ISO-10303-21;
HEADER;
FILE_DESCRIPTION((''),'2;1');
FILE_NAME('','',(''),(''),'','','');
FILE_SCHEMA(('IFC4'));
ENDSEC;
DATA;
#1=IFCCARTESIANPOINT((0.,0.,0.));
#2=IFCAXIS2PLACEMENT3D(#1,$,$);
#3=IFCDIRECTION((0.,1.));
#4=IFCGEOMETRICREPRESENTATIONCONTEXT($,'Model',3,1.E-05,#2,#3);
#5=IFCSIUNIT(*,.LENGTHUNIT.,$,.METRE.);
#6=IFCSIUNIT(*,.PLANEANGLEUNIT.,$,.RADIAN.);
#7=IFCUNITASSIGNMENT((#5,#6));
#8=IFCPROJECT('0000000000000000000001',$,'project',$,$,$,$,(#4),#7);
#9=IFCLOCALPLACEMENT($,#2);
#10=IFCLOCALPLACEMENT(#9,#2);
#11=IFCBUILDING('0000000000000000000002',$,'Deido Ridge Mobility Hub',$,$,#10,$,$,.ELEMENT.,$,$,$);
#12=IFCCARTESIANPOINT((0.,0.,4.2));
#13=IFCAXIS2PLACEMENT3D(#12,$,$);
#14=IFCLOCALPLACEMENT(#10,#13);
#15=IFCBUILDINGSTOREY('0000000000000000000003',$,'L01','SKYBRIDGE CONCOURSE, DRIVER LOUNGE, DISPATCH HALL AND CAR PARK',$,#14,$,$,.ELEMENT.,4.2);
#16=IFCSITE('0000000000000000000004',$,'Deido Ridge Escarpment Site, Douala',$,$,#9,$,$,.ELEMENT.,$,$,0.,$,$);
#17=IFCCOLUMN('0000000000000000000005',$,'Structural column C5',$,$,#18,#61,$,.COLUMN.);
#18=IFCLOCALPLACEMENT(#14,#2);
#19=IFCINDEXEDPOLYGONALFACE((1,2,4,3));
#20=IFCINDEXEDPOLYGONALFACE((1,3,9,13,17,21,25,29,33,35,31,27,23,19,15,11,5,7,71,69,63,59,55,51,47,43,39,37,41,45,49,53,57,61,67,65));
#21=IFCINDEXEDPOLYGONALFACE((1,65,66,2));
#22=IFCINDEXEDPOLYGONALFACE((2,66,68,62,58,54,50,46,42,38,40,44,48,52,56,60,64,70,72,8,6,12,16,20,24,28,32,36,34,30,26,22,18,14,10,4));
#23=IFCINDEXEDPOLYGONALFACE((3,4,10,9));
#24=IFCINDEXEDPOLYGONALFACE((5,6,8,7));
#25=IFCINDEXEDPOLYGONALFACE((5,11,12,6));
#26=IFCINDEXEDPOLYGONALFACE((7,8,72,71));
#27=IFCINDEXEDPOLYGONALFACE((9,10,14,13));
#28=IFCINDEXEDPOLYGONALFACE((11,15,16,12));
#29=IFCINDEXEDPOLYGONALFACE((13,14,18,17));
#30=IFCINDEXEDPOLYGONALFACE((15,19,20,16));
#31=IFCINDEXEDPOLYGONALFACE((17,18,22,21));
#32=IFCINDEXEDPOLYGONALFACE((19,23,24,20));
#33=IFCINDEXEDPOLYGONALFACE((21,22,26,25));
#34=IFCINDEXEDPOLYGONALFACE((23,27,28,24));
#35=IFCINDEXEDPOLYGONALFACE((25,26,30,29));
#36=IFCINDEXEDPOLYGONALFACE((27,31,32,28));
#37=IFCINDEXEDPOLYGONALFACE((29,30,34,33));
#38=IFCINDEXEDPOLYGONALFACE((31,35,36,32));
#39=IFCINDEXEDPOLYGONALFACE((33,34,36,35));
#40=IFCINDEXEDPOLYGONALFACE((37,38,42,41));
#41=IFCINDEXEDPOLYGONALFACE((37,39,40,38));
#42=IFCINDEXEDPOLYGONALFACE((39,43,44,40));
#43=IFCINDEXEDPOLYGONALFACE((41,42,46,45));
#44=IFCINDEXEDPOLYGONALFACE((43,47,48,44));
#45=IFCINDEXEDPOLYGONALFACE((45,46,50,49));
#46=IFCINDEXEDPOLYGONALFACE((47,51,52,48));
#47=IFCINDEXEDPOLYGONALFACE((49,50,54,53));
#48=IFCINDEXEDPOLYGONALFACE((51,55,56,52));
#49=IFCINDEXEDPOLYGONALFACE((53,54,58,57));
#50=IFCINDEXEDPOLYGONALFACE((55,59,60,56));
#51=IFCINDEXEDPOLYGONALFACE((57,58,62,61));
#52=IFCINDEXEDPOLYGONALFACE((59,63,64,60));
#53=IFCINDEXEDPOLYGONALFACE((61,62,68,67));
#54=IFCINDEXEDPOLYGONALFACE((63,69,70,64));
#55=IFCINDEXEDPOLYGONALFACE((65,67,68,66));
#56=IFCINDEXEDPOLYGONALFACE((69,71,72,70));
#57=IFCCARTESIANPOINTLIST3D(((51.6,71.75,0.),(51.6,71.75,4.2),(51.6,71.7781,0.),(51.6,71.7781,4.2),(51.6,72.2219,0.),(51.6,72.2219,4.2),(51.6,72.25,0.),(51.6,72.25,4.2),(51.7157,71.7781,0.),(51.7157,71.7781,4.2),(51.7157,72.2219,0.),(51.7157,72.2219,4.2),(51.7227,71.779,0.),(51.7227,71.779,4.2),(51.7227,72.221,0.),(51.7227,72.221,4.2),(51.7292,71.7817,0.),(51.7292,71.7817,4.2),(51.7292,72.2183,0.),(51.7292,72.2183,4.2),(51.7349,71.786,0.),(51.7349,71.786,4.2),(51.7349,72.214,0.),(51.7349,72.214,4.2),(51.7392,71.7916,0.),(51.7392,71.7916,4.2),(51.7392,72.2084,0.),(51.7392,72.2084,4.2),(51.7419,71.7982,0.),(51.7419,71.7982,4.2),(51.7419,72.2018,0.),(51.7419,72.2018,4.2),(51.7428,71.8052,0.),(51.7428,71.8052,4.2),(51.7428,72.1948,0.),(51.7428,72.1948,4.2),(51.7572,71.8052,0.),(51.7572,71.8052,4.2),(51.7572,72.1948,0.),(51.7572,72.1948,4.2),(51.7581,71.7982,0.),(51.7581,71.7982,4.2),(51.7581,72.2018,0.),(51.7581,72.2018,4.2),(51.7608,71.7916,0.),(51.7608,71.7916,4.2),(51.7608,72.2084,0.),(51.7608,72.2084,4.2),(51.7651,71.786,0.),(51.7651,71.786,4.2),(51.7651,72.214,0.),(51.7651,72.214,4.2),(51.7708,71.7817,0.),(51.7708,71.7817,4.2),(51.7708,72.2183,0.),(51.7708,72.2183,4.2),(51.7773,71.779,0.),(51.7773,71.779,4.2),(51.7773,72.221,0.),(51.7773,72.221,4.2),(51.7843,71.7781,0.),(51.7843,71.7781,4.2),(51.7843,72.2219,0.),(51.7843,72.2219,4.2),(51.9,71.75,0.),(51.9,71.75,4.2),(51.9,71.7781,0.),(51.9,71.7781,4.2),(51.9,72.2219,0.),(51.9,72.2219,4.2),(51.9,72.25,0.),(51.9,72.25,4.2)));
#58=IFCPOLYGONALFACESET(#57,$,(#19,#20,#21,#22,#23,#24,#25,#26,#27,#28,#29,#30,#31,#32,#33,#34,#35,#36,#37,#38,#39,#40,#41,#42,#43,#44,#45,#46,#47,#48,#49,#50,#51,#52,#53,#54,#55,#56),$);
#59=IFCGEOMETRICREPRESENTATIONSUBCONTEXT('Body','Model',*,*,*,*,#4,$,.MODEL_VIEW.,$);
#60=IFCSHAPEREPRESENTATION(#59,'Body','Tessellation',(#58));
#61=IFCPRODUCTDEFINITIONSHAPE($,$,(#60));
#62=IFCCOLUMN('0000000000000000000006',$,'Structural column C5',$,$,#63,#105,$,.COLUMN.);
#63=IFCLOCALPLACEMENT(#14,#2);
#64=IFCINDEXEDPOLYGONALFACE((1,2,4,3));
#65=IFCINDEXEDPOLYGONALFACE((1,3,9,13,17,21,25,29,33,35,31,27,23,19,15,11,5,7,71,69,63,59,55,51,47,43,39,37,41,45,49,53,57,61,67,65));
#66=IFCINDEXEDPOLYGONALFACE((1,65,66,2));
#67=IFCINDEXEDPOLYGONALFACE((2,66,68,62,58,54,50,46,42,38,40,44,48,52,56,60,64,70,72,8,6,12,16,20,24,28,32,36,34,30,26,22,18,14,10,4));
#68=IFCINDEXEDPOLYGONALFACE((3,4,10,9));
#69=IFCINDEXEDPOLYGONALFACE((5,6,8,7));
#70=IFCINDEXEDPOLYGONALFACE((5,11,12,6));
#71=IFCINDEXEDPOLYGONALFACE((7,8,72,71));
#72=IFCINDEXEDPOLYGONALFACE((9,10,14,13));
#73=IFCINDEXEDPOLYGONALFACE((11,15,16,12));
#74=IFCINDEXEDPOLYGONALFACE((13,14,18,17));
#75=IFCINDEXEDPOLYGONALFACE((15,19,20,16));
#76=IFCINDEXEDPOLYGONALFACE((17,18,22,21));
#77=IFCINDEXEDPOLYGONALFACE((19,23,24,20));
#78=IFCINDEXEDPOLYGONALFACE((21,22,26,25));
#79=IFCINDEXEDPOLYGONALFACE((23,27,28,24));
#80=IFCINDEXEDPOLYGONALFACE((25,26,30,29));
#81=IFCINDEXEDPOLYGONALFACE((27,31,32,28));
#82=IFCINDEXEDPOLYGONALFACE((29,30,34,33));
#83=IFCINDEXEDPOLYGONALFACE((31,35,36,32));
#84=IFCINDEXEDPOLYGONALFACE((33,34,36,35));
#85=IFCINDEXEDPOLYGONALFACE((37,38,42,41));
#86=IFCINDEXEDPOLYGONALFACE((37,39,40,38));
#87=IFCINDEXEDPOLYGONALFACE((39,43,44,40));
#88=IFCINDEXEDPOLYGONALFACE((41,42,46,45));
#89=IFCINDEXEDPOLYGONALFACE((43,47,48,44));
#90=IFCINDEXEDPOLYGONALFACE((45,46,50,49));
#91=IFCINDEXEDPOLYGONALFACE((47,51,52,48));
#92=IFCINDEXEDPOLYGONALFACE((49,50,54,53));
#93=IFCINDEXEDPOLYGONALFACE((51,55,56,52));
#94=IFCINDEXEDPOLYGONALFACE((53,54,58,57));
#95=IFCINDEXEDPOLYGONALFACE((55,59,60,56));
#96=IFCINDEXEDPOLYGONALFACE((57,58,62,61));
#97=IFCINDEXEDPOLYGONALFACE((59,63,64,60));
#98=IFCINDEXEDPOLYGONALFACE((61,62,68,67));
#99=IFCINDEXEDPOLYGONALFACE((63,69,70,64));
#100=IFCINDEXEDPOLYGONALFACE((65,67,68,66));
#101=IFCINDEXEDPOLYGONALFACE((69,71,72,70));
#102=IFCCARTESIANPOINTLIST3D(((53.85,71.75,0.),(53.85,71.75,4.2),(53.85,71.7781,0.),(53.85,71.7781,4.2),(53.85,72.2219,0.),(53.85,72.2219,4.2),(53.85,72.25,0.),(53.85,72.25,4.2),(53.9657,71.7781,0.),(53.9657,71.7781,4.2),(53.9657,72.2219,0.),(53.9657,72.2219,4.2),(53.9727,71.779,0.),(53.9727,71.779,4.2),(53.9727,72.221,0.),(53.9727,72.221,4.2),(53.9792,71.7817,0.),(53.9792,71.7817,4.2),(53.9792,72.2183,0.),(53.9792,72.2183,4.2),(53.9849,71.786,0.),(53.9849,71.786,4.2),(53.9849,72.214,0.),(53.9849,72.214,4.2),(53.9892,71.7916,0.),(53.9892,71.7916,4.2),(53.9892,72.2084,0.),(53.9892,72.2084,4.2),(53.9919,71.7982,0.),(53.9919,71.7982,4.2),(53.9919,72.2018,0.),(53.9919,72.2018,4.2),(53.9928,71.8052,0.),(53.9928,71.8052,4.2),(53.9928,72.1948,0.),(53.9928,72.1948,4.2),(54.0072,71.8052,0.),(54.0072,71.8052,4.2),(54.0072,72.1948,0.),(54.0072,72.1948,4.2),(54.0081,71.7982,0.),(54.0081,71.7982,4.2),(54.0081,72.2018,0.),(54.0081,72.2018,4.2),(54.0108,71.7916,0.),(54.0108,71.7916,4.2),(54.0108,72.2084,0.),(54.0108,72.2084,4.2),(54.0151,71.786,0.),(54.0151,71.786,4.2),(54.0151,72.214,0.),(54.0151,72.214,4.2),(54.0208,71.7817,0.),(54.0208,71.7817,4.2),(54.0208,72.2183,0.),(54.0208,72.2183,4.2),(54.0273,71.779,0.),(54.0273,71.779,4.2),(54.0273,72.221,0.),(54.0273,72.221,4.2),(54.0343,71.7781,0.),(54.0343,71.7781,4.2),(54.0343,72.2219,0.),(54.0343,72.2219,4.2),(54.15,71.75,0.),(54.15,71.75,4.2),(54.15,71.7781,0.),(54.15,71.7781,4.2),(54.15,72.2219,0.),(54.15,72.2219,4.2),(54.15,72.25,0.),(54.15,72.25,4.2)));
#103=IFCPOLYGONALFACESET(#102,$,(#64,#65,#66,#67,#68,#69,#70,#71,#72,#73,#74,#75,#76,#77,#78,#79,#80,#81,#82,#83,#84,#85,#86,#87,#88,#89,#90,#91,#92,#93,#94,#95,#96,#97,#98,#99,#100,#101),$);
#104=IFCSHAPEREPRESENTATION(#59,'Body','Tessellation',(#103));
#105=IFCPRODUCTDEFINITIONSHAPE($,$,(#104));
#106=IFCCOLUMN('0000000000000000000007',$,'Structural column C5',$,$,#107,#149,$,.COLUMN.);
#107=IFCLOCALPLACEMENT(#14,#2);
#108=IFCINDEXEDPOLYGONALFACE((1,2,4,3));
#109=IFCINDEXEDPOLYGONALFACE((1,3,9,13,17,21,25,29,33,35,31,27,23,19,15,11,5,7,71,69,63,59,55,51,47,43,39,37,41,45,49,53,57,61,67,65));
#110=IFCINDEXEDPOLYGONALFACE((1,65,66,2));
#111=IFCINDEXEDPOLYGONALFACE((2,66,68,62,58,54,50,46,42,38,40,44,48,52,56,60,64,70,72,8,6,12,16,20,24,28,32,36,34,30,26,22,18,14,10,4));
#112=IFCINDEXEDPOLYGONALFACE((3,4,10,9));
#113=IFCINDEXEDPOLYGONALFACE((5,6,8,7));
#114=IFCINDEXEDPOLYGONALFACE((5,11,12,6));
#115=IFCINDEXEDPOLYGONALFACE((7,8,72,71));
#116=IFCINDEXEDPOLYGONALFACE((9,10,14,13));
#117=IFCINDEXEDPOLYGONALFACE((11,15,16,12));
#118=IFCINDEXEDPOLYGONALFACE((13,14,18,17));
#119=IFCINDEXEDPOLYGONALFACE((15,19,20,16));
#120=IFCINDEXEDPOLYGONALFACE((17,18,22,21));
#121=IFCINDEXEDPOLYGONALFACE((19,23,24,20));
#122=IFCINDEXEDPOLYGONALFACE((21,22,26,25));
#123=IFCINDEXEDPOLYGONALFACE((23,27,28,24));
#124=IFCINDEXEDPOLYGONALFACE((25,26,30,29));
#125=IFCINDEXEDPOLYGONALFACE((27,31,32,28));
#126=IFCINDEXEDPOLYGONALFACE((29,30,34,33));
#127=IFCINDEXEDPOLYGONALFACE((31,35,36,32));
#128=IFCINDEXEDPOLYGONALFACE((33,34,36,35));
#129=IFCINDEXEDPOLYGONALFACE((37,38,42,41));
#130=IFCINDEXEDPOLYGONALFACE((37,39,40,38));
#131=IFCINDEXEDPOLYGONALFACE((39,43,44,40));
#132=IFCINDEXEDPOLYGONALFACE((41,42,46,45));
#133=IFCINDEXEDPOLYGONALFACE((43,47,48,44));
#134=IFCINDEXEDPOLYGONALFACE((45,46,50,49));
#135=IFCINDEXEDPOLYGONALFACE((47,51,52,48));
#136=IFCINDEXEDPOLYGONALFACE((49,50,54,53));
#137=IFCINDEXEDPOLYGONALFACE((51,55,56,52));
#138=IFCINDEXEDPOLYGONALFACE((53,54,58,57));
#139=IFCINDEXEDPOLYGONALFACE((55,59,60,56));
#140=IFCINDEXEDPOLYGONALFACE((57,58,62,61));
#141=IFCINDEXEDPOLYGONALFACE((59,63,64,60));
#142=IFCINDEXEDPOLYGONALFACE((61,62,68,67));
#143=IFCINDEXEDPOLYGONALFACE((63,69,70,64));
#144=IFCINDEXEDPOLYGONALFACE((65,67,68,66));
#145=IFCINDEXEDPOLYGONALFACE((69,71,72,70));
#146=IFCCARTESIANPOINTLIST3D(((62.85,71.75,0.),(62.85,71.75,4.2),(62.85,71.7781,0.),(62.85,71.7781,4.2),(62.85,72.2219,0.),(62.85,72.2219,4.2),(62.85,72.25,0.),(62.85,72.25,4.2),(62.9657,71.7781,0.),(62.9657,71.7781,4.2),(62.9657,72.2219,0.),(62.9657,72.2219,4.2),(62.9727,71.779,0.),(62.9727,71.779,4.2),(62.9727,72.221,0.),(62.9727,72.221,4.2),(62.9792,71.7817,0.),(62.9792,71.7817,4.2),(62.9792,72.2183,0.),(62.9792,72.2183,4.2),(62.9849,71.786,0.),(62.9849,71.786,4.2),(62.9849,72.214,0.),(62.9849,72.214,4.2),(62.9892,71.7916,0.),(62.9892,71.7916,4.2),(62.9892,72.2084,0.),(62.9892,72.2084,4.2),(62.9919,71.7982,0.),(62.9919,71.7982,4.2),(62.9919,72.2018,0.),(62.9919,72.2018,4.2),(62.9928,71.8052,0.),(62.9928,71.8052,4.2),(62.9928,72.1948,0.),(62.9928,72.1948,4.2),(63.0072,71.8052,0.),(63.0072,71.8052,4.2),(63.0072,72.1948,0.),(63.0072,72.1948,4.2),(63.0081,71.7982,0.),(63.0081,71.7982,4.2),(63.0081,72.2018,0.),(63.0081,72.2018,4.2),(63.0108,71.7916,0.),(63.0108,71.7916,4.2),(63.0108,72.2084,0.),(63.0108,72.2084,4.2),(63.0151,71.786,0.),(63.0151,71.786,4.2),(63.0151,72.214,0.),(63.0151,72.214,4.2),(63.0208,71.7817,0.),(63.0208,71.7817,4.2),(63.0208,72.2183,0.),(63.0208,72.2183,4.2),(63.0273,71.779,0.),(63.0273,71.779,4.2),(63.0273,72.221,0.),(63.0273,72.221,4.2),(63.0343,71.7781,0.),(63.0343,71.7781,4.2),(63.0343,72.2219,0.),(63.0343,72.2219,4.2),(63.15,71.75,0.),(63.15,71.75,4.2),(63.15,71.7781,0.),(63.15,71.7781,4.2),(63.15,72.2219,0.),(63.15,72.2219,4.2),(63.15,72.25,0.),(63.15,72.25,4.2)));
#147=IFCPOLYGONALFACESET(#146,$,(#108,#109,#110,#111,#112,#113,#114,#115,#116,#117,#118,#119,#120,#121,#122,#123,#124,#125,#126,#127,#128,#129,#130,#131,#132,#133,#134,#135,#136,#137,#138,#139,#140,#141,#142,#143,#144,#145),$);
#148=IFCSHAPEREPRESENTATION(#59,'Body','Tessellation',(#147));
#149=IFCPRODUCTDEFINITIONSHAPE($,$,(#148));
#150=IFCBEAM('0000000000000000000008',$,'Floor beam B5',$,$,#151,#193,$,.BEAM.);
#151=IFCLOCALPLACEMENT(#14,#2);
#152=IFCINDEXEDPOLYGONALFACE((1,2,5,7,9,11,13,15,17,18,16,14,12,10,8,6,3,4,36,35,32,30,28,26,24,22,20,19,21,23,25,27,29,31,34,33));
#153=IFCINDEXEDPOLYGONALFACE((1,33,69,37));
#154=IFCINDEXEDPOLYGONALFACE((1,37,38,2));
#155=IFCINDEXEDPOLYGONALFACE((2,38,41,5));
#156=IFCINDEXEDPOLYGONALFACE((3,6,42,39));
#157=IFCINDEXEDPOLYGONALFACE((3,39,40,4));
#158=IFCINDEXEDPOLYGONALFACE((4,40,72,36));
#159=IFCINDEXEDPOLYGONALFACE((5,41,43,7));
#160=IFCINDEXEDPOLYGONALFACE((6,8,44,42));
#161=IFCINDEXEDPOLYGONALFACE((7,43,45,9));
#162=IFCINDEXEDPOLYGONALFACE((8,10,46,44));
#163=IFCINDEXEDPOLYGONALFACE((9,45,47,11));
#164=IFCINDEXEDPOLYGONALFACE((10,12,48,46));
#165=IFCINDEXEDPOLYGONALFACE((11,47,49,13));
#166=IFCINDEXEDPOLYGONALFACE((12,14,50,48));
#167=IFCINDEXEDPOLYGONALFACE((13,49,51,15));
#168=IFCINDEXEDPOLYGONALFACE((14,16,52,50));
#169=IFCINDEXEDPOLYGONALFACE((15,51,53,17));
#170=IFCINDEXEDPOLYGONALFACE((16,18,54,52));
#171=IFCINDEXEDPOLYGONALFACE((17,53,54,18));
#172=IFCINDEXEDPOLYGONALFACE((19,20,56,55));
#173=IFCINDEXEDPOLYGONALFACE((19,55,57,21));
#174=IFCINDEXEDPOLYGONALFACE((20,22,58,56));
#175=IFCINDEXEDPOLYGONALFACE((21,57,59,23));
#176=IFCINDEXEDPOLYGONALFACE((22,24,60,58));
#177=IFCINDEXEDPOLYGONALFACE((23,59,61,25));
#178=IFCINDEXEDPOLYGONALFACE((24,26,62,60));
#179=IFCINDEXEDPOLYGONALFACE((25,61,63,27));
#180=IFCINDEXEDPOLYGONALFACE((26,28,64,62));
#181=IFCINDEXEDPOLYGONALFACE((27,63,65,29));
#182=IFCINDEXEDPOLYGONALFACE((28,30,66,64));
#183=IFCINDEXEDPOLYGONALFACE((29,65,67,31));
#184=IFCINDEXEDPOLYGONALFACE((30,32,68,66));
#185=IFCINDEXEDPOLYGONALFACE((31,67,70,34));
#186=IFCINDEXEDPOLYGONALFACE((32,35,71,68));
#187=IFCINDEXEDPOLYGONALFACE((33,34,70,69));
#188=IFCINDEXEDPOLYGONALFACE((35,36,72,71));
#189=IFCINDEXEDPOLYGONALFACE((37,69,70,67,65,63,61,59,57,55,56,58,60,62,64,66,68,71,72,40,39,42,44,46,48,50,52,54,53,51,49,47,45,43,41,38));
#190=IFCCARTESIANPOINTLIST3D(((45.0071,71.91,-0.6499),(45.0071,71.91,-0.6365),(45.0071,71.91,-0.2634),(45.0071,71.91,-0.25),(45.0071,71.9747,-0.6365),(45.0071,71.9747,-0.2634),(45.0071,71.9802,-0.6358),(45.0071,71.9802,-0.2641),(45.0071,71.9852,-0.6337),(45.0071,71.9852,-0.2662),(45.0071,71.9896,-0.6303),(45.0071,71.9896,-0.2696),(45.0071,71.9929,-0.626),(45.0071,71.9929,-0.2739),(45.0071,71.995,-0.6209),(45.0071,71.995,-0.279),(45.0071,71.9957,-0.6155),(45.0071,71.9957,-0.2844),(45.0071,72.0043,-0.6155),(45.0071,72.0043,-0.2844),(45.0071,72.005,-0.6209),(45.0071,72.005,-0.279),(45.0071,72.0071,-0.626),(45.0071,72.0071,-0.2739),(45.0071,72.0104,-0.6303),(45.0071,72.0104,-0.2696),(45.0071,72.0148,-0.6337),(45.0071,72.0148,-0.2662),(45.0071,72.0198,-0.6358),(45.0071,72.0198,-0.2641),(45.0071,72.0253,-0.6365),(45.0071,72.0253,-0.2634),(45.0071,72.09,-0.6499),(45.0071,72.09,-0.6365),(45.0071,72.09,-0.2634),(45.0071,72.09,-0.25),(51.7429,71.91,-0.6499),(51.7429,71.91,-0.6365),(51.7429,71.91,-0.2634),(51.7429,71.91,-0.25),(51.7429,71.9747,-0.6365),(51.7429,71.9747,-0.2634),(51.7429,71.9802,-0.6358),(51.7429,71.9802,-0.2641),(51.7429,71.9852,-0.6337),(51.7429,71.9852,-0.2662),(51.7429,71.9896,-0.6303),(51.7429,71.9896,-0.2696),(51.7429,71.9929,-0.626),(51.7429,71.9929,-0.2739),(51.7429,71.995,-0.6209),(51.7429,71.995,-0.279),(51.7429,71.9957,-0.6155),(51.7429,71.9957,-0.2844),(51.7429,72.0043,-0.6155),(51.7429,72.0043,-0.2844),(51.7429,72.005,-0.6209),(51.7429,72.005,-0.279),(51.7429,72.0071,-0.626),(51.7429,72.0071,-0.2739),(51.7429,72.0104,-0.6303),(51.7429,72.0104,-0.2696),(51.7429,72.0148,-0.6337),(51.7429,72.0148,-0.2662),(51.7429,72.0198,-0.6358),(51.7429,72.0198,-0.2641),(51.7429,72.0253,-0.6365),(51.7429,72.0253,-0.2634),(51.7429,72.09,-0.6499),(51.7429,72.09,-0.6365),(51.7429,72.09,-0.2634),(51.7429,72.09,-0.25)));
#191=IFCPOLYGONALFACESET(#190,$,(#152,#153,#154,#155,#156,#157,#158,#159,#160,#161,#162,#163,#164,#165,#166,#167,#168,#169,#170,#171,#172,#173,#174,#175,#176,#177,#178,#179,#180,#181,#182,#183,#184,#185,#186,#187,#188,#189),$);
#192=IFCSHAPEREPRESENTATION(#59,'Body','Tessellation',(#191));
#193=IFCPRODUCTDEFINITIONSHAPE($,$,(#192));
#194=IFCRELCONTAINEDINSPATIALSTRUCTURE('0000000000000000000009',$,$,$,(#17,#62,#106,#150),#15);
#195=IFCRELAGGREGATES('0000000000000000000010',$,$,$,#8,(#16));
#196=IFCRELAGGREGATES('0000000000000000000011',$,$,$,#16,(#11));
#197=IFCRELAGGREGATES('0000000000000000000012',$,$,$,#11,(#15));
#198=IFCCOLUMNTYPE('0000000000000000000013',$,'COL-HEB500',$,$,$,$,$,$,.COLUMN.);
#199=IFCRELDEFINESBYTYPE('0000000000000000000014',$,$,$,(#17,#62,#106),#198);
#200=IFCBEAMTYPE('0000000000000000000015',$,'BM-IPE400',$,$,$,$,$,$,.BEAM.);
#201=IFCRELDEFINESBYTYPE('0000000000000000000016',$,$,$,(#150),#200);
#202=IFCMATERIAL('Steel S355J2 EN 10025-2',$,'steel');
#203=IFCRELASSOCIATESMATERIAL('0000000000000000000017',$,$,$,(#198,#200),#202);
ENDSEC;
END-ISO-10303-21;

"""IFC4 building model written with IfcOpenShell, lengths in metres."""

from ifc_helpers import new_model, si_unit, direction, frame, origin, origin_2d, place, context, subcontext, project, spatial, i_section, extrude, material, material_profile, profile_set, type_object, element, save


model = new_model("IFC4")

# Units and contexts
model_context = context("Model", 3, precision=1e-05, world=origin(), true_north=direction((0.0, 1.0)))
body_context = subcontext(model_context, "Body", "Model", "MODEL_VIEW")
ifc_project = project(units=[si_unit("LENGTHUNIT", "METRE"), si_unit("PLANEANGLEUNIT", "RADIAN")], contexts=[model_context])

# Site, building, storey
site_placement = place(None, origin())
site = spatial("IfcSite", under=ifc_project, at=site_placement, Name="Deido Ridge Escarpment Site, Douala", CompositionType="ELEMENT", RefElevation=0.0)
building_placement = place(site_placement, origin())
building = spatial("IfcBuilding", under=site, at=building_placement, Name="Deido Ridge Mobility Hub", CompositionType="ELEMENT")
storey_placement = place(building_placement, frame((0.0, 0.0, 4.2)))
storey = spatial("IfcBuildingStorey", under=building, at=storey_placement, Name="L01", Description="SKYBRIDGE CONCOURSE, DRIVER LOUNGE, DISPATCH HALL AND CAR PARK", CompositionType="ELEMENT", Elevation=4.2)

# Columns
ifc_material_1 = material(Name="Steel S355J2 EN 10025-2", Category="steel")
ifc_material_profile_1 = material_profile(ifc_material_1, i_section(OverallWidth=0.3, OverallDepth=0.5, WebThickness=0.0144, FlangeThickness=0.0281, FilletRadius=0.0271, at=origin_2d()), Name="HEB 500")
ifc_profile_set_1 = profile_set([ifc_material_profile_1], Name="Steel S355J2 EN 10025-2")
column_type = type_object("IfcColumnType", Name="COL-HEB500", PredefinedType="COLUMN", material=ifc_profile_set_1)
for number, where, z_axis, x_axis, name in (
    (1, (51.75, 72.0, 0.0), (0.0, 0.0, 1.0), (1.0, 0.0, 0.0), "Structural column C5"),
    (2, (54.0, 72.0, 0.0), (0.0, 0.0, 1.0), (1.0, 0.0, 0.0), "Structural column C5"),
    (3, (63.0, 72.0, 0.0), (0.0, 0.0, 1.0), (1.0, 0.0, 0.0), "Structural column C5"),
):
    element("IfcColumn", number, at=place(storey_placement, frame(where, z_axis=z_axis, x_axis=x_axis)), inside=storey, type_object=column_type, Name=name, PredefinedType="COLUMN", context=body_context, shape_type="SweptSolid", body=[
        extrude(i_section(OverallWidth=0.3, OverallDepth=0.5, WebThickness=0.0144, FlangeThickness=0.0281, FilletRadius=0.0271, at=origin_2d()), origin(), (0.0, 0.0, 1.0), 4.2),
    ])

# Beam
ifc_material_profile_2 = material_profile(ifc_material_1, i_section(OverallWidth=0.1799, OverallDepth=0.3999, WebThickness=0.0085, FlangeThickness=0.0134, FilletRadius=0.021, at=origin_2d()), Name="IPE 400")
ifc_profile_set_2 = profile_set([ifc_material_profile_2], Name="Steel S355J2 EN 10025-2")
beam_type_1 = type_object("IfcBeamType", Name="BM-IPE400", PredefinedType="BEAM", material=ifc_profile_set_2)
beam_1_placement = place(storey_placement, frame((45.0071, 72.0, -0.45), z_axis=(1.0, 0.0, 0.0), x_axis=(0.0, 1.0, 0.0)))
element("IfcBeam", 4, at=beam_1_placement, inside=storey, type_object=beam_type_1, Name="Floor beam B5", PredefinedType="BEAM", context=body_context, shape_type="SweptSolid", body=[
    extrude(i_section(OverallWidth=0.1799, OverallDepth=0.3999, WebThickness=0.0085, FlangeThickness=0.0134, FilletRadius=0.021, at=origin_2d()), origin(), (0.0, 0.0, 1.0), 6.7358),
])

save(model, "model.ifc")
